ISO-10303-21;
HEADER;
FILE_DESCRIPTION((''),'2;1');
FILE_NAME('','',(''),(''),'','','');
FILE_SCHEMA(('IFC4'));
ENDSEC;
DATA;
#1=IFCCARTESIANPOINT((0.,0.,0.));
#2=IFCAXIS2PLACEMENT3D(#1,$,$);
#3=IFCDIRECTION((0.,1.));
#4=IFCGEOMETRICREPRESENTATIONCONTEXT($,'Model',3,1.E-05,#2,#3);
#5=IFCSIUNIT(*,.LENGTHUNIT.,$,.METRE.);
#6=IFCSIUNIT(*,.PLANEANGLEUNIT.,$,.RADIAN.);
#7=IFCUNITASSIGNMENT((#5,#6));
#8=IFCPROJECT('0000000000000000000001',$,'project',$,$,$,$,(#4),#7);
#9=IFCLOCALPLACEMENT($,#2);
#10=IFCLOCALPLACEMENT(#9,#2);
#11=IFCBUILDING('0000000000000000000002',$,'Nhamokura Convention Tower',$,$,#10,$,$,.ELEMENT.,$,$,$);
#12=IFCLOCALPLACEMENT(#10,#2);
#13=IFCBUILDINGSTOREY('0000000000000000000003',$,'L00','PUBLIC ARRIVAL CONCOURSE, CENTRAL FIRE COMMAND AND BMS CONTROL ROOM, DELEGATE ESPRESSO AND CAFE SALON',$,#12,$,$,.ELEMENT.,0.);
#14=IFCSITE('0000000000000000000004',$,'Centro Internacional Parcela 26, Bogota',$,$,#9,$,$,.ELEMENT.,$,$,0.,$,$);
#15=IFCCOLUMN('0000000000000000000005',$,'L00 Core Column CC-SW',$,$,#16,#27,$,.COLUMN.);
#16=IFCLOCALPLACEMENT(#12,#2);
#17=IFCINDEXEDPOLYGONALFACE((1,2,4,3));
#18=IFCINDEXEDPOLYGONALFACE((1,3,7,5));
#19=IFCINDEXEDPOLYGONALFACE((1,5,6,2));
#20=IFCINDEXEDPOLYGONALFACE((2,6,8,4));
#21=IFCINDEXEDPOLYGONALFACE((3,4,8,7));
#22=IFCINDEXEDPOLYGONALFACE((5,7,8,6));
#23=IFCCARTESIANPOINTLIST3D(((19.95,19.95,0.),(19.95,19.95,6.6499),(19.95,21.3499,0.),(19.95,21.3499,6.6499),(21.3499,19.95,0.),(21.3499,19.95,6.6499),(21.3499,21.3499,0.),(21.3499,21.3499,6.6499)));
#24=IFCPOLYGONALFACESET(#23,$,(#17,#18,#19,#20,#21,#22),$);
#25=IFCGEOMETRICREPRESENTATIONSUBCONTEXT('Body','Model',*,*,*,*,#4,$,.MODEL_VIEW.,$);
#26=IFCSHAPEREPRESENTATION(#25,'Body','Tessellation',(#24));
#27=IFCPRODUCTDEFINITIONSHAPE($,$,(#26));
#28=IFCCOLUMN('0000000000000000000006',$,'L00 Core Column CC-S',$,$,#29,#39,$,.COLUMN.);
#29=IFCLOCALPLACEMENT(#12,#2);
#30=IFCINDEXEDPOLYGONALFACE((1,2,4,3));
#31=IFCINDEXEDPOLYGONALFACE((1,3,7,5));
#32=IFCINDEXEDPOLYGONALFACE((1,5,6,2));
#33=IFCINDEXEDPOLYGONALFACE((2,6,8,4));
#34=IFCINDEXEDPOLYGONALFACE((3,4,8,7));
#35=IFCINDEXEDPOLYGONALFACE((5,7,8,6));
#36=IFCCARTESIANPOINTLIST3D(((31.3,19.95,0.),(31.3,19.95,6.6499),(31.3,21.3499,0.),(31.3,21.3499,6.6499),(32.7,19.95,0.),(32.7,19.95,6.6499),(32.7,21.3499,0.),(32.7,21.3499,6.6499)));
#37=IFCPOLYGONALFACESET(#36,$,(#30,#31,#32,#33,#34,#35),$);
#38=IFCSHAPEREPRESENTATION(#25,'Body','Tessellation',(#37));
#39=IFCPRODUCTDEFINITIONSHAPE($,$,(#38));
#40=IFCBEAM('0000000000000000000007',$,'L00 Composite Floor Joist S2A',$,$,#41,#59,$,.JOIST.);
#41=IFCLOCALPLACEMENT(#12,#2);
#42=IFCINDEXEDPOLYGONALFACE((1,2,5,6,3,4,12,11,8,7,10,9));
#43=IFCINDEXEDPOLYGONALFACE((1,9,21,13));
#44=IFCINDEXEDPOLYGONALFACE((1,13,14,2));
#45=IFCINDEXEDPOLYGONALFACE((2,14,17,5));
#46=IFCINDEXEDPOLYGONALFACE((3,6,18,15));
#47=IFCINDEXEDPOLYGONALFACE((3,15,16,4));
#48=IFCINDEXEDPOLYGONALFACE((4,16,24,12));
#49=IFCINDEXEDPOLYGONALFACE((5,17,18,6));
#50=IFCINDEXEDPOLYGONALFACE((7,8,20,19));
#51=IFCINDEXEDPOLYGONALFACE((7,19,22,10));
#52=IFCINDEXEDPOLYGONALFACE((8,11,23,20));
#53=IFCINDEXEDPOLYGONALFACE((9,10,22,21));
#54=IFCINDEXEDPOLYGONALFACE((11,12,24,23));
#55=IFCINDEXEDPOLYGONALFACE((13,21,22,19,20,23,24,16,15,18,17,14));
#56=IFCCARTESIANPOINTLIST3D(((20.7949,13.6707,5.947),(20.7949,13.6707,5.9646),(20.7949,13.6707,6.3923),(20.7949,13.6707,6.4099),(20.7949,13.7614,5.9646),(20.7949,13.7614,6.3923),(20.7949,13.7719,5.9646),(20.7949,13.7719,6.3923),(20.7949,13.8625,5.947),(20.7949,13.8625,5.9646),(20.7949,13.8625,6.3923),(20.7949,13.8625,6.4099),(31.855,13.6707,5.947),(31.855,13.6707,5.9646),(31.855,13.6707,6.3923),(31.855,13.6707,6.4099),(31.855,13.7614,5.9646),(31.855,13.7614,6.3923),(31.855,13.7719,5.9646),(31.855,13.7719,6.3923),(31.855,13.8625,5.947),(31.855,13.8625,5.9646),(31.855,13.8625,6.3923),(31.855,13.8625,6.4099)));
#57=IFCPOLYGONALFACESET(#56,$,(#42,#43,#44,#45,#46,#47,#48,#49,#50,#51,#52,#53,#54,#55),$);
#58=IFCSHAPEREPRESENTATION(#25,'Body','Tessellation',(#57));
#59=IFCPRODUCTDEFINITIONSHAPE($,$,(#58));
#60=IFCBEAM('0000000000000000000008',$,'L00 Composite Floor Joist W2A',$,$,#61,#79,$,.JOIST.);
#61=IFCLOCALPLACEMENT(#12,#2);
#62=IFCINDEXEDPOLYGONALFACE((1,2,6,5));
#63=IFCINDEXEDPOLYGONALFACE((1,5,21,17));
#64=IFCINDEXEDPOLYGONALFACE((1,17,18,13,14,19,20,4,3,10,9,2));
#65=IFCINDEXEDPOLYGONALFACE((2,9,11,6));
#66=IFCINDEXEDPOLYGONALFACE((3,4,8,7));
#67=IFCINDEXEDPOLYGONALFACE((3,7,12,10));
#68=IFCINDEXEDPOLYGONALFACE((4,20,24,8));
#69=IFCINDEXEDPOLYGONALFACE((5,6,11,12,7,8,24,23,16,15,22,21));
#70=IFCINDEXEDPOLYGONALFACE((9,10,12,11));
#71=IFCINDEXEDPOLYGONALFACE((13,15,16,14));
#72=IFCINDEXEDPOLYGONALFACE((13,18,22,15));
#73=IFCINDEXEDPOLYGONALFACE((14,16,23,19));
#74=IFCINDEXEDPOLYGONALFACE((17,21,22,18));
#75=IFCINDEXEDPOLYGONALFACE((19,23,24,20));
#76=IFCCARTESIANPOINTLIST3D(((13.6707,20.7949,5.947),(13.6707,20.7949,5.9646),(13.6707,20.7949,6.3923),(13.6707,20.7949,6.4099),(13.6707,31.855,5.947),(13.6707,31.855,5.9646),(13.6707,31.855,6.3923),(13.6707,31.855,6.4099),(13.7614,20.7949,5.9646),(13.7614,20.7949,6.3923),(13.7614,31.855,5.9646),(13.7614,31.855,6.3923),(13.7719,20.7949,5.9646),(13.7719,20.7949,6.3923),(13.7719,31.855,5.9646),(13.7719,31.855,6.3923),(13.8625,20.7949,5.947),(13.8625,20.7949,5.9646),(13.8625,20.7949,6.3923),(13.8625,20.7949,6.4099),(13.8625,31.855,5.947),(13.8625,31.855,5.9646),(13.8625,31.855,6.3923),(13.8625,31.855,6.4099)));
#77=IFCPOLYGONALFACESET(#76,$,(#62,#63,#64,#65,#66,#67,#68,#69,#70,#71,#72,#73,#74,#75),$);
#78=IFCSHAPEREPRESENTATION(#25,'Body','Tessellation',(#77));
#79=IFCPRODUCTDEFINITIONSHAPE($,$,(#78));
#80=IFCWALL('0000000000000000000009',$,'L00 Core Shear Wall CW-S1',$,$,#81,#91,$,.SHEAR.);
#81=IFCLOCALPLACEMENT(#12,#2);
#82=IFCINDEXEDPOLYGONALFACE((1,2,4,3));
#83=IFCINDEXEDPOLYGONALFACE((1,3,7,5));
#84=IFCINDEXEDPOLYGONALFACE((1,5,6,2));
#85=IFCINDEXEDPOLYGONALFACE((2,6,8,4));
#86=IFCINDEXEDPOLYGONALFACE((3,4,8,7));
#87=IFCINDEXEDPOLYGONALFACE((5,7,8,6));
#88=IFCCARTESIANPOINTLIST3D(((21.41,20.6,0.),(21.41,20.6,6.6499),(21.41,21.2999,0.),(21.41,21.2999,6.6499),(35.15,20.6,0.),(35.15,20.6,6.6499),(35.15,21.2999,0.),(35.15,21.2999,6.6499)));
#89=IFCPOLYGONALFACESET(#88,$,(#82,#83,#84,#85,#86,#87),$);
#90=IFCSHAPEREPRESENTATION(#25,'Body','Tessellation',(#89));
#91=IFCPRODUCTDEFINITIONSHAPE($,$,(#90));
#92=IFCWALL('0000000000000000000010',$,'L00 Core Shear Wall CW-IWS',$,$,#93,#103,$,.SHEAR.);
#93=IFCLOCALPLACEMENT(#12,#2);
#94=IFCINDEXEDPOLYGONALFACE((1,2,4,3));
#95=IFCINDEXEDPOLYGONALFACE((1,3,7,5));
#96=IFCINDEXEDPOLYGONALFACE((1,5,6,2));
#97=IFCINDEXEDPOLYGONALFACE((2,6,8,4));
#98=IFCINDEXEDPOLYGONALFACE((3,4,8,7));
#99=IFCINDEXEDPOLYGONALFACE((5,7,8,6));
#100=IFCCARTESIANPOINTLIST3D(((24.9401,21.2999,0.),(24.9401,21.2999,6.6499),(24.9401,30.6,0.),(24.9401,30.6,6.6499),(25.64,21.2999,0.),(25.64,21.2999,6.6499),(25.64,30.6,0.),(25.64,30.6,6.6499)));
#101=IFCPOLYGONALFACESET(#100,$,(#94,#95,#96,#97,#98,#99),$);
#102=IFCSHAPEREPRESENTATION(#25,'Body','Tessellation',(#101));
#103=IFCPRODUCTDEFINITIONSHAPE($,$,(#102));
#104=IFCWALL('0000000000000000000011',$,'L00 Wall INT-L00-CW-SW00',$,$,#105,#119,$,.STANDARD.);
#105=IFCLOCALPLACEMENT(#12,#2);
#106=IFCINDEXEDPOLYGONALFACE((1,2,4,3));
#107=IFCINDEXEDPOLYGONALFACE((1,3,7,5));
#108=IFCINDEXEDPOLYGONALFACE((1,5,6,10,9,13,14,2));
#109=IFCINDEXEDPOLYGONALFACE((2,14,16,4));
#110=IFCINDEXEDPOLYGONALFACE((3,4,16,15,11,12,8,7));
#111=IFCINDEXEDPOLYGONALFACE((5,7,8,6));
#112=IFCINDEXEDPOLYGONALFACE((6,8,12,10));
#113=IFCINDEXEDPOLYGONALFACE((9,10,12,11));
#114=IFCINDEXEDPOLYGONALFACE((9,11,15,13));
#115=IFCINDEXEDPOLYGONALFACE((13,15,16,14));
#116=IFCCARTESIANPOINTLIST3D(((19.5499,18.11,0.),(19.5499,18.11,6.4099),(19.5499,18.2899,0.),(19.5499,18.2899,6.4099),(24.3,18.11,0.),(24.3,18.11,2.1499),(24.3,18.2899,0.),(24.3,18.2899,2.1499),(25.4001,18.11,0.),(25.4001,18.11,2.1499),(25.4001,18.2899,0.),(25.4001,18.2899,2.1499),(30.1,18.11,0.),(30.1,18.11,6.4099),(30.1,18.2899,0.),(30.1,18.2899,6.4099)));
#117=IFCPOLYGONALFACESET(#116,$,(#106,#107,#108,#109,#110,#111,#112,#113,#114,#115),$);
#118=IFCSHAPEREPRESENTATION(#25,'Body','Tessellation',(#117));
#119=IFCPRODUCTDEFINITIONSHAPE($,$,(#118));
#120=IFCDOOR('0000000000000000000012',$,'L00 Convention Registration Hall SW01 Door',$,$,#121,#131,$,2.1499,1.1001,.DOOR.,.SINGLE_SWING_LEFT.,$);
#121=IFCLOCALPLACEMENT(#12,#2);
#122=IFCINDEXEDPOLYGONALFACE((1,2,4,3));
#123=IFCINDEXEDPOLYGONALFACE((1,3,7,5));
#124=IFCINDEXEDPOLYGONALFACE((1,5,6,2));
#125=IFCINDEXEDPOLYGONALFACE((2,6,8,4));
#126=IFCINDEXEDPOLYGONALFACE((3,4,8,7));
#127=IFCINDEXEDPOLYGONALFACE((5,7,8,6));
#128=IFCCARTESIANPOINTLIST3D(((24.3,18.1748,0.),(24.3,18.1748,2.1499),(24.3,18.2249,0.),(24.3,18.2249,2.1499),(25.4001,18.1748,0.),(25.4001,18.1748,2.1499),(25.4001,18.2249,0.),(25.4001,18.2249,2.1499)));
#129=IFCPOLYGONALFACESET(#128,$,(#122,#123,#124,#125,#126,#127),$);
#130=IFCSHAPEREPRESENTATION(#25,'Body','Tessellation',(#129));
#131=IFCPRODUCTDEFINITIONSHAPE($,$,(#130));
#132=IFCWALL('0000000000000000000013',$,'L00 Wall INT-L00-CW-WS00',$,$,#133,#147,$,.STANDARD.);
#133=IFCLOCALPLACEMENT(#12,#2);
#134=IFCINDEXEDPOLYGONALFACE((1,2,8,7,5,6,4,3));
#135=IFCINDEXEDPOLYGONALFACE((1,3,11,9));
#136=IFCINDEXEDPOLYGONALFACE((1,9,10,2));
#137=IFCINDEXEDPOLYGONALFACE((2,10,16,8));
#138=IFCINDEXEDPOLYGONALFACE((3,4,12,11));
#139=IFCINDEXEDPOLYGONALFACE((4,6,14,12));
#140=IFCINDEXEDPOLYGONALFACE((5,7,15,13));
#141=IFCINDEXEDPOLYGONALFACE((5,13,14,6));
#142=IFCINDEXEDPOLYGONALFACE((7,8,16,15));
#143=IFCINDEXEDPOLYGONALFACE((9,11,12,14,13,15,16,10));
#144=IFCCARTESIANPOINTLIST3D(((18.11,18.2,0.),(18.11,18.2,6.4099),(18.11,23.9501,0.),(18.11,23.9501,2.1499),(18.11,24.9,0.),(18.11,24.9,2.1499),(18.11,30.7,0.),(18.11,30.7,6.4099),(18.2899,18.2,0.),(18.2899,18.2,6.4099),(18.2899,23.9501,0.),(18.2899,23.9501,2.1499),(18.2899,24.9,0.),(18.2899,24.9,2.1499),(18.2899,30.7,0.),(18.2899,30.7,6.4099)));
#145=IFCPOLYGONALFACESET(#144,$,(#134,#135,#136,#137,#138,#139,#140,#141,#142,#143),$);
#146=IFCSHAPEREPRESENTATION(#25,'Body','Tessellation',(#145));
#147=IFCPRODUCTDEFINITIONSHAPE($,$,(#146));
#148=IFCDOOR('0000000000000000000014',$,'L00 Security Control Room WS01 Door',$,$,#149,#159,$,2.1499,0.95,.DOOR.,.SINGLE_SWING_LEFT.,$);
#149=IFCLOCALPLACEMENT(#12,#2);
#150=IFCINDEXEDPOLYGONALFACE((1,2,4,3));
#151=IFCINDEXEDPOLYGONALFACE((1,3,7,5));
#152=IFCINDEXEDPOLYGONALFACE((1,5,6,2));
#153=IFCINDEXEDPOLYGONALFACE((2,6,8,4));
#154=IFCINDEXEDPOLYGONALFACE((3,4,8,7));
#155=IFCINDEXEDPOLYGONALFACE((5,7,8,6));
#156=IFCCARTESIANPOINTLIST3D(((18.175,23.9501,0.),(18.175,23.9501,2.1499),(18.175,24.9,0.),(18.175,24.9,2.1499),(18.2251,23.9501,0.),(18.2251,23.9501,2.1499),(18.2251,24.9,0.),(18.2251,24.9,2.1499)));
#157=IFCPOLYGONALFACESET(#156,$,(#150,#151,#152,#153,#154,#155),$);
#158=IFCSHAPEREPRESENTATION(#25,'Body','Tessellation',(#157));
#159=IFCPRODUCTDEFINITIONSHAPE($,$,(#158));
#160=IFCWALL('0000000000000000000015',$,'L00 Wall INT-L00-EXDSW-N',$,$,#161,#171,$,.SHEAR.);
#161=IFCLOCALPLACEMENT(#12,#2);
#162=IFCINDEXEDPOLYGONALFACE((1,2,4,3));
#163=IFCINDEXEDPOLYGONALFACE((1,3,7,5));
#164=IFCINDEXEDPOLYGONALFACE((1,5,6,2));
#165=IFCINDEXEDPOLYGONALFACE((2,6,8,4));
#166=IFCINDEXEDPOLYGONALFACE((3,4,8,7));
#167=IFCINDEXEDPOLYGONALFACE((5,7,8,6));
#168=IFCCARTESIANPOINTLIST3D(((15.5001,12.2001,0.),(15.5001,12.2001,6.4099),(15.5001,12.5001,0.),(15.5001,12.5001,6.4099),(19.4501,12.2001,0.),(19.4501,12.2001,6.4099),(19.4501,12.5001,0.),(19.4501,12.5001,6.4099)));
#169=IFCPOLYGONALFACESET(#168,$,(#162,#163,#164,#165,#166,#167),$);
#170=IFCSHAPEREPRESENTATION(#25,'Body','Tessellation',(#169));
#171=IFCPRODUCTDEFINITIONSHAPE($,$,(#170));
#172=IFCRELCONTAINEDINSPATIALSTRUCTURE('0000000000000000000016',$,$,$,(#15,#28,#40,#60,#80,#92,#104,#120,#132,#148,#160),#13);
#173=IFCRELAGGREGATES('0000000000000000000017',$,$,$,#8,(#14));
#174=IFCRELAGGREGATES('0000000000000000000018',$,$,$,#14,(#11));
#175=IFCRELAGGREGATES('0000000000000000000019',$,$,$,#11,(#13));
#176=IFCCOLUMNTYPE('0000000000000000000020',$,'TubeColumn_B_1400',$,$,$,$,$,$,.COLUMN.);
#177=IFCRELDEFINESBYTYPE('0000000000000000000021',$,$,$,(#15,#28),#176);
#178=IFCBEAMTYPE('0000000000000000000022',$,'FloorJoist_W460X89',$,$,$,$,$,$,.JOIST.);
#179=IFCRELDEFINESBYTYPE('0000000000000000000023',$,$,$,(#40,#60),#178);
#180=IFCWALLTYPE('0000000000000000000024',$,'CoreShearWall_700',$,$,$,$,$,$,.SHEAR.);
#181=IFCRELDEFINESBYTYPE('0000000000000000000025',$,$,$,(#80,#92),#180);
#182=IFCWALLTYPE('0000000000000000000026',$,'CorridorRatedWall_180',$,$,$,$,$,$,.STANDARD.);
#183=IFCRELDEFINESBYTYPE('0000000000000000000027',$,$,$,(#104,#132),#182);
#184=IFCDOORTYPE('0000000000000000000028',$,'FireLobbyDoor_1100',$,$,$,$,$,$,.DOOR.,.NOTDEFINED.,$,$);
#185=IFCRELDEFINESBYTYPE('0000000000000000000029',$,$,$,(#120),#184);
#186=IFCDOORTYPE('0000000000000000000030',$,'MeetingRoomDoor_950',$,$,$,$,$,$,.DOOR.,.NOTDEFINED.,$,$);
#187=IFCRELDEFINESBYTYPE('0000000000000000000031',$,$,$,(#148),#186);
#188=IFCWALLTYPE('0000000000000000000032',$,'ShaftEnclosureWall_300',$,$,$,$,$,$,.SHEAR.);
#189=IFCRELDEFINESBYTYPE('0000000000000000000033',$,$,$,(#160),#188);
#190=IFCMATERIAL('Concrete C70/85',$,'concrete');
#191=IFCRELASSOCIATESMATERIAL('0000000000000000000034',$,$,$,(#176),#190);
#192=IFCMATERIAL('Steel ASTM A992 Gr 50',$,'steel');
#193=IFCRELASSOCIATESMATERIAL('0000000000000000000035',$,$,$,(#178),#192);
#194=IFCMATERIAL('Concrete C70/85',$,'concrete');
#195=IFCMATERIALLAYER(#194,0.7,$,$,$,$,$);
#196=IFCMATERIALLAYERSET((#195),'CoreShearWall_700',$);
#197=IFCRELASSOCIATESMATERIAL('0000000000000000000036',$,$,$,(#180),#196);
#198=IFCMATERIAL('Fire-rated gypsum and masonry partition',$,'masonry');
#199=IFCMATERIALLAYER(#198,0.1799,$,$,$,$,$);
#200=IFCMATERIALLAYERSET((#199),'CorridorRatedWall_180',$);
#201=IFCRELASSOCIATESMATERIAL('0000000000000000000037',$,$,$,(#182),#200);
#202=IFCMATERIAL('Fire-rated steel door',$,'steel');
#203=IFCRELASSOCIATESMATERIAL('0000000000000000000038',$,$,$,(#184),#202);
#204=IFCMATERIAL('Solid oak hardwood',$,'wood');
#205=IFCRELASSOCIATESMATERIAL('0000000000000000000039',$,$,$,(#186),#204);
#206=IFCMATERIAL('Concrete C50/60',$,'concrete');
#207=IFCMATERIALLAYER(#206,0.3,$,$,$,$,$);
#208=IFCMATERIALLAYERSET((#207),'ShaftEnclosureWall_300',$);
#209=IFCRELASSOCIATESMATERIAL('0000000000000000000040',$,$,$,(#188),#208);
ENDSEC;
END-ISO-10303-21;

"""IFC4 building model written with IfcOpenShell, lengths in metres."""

from ifc_helpers import new_model, si_unit, direction, frame, frame_2d, origin, origin_2d, place, context, subcontext, project, spatial, rectangle, i_section, extrude, material, layer, layer_set, material_profile, profile_set, type_object, element, fill, save


model = new_model("IFC4")

# Units and contexts
model_context = context("Model", 3, precision=1e-05, world=origin(), true_north=direction((0.0, 1.0)))
body_context = subcontext(model_context, "Body", "Model", "MODEL_VIEW")
ifc_project = project(units=[si_unit("LENGTHUNIT", "METRE"), si_unit("PLANEANGLEUNIT", "RADIAN")], contexts=[model_context])

# Site, building, storey
site_placement = place(None, origin())
site = spatial("IfcSite", under=ifc_project, at=site_placement, Name="Centro Internacional Parcela 26, Bogota", CompositionType="ELEMENT", RefElevation=0.0)
building_placement = place(site_placement, origin())
building = spatial("IfcBuilding", under=site, at=building_placement, Name="Nhamokura Convention Tower", CompositionType="ELEMENT")
storey_placement = place(building_placement, origin())
storey = spatial("IfcBuildingStorey", under=building, at=storey_placement, Name="L00", Description="PUBLIC ARRIVAL CONCOURSE, CENTRAL FIRE COMMAND AND BMS CONTROL ROOM, DELEGATE ESPRESSO AND CAFE SALON", CompositionType="ELEMENT", Elevation=0.0)

# Columns
ifc_material_1 = material(Name="Concrete C70/85", Category="concrete")
ifc_material_profile_1 = material_profile(ifc_material_1, rectangle(XDim=1.3999, YDim=1.3999, at=origin_2d()))
ifc_profile_set_1 = profile_set([ifc_material_profile_1], Name="Concrete C70/85")
column_type = type_object("IfcColumnType", Name="TubeColumn_B_1400", PredefinedType="COLUMN", material=ifc_profile_set_1)
for number, where, z_axis, x_axis, name in (
    (1, (20.6499, 20.6499, 0.0), (0.0, 0.0, 1.0), (1.0, 0.0, 0.0), "L00 Core Column CC-SW"),
    (2, (32.0, 20.6499, 0.0), (0.0, 0.0, 1.0), (1.0, 0.0, 0.0), "L00 Core Column CC-S"),
):
    element("IfcColumn", number, at=place(storey_placement, frame(where, z_axis=z_axis, x_axis=x_axis)), inside=storey, type_object=column_type, Name=name, PredefinedType="COLUMN", context=body_context, shape_type="SweptSolid", body=[
        extrude(rectangle(XDim=1.3999, YDim=1.3999, at=origin_2d()), origin(), (0.0, 0.0, 1.0), 6.6499),
    ])

# Beams
ifc_material_2 = material(Name="Steel ASTM A992 Gr 50", Category="steel")
ifc_material_profile_2 = material_profile(ifc_material_2, i_section(OverallWidth=0.1919, OverallDepth=0.4629, WebThickness=0.0105, FlangeThickness=0.0176, at=origin_2d()))
ifc_profile_set_2 = profile_set([ifc_material_profile_2], Name="Steel ASTM A992 Gr 50")
beam_type = type_object("IfcBeamType", Name="FloorJoist_W460X89", PredefinedType="JOIST", material=ifc_profile_set_2)
for number, where, z_axis, x_axis, name in (
    (3, (20.7949, 13.7666, 6.1785), (1.0, 0.0, 0.0), (0.0, 1.0, 0.0), "L00 Composite Floor Joist S2A"),
    (4, (13.7666, 20.7949, 6.1785), (0.0, 1.0, 0.0), (-1.0, 0.0, 0.0), "L00 Composite Floor Joist W2A"),
):
    element("IfcBeam", number, at=place(storey_placement, frame(where, z_axis=z_axis, x_axis=x_axis)), inside=storey, type_object=beam_type, Name=name, PredefinedType="JOIST", context=body_context, shape_type="SweptSolid", body=[
        extrude(i_section(OverallWidth=0.1919, OverallDepth=0.4629, WebThickness=0.0105, FlangeThickness=0.0176, at=origin_2d()), origin(), (0.0, 0.0, 1.0), 11.0601),
    ])

# Shared definitions
ifc_material_3 = material(Name="Concrete C70/85", Category="concrete")
ifc_layer_1 = layer(ifc_material_3, 0.7)
ifc_layer_set_1 = layer_set([ifc_layer_1], Name="CoreShearWall_700")
wall_type_1 = type_object("IfcWallType", Name="CoreShearWall_700", PredefinedType="SHEAR", material=ifc_layer_set_1)

# Walls
wall_1_placement = place(storey_placement, frame((21.4099, 20.95, 0.0), z_axis=(0.0, 0.0, 1.0), x_axis=(1.0, 0.0, 0.0)))
element("IfcWall", 5, at=wall_1_placement, inside=storey, type_object=wall_type_1, Name="L00 Core Shear Wall CW-S1", PredefinedType="SHEAR", context=body_context, shape_type="SweptSolid", body=[
    extrude(rectangle(XDim=13.74, YDim=0.7, at=frame_2d((6.8701, 0.0))), origin(), (0.0, 0.0, 1.0), 6.6499),
])
wall_2_placement = place(storey_placement, frame((25.29, 21.3, 0.0), z_axis=(0.0, 0.0, 1.0), x_axis=(0.0, 1.0, 0.0)))
element("IfcWall", 6, at=wall_2_placement, inside=storey, type_object=wall_type_1, Name="L00 Core Shear Wall CW-IWS", PredefinedType="SHEAR", context=body_context, shape_type="SweptSolid", body=[
    extrude(rectangle(XDim=9.3, YDim=0.7, at=frame_2d((4.6499, 0.0))), origin(), (0.0, 0.0, 1.0), 6.6499),
])

# Walls, openings, doors
ifc_material_4 = material(Name="Fire-rated gypsum and masonry partition", Category="masonry")
ifc_layer_2 = layer(ifc_material_4, 0.1799)
ifc_layer_set_2 = layer_set([ifc_layer_2], Name="CorridorRatedWall_180")
wall_type_2 = type_object("IfcWallType", Name="CorridorRatedWall_180", PredefinedType="STANDARD", material=ifc_layer_set_2)
wall_3_placement = place(storey_placement, frame((19.55, 18.2, 0.0), z_axis=(0.0, 0.0, 1.0), x_axis=(1.0, 0.0, 0.0)))
wall_3 = element("IfcWall", 7, at=wall_3_placement, inside=storey, type_object=wall_type_2, Name="L00 Wall INT-L00-CW-SW00", PredefinedType="STANDARD", context=body_context, shape_type="SweptSolid", body=[
    extrude(rectangle(XDim=10.55, YDim=0.1799, at=frame_2d((5.2749, 0.0))), origin(), (0.0, 0.0, 1.0), 6.4099),
])
opening_1_placement = place(wall_3_placement, frame((4.75, 0.0, 0.0)))
opening_1 = element("IfcOpeningElement", 8, at=opening_1_placement, cuts=wall_3, PredefinedType="OPENING", context=body_context, shape_type="SweptSolid", body=[
    extrude(rectangle(XDim=1.1001, YDim=2.1499, at=frame_2d((0.55, 1.075))), frame((0.0, 0.0999, 0.0), z_axis=(0.0, -1.0, 0.0), x_axis=(1.0, 0.0, 0.0)), (0.0, 0.0, 1.0), 0.2),
])
ifc_material_5 = material(Name="Fire-rated steel door", Category="steel")
door_type_1 = type_object("IfcDoorType", Name="FireLobbyDoor_1100", OperationType="NOTDEFINED", PredefinedType="DOOR", material=ifc_material_5)
door_1_placement = place(opening_1_placement, origin())
door_1 = element("IfcDoor", 9, at=door_1_placement, inside=storey, type_object=door_type_1, Name="L00 Convention Registration Hall SW01 Door", OperationType="SINGLE_SWING_LEFT", OverallHeight=2.1499, OverallWidth=1.1001, PredefinedType="DOOR", context=body_context, shape_type="SweptSolid", body=[
    extrude(rectangle(XDim=1.1001, YDim=2.1499, at=frame_2d((0.55, 1.075))), frame((0.0, 0.0249, 0.0), z_axis=(0.0, -1.0, 0.0), x_axis=(1.0, 0.0, 0.0)), (0.0, 0.0, 1.0), 0.05),
])
fill(opening_1, door_1)
wall_4_placement = place(storey_placement, frame((18.2, 18.2, 0.0), z_axis=(0.0, 0.0, 1.0), x_axis=(0.0, 1.0, 0.0)))
wall_4 = element("IfcWall", 10, at=wall_4_placement, inside=storey, type_object=wall_type_2, Name="L00 Wall INT-L00-CW-WS00", PredefinedType="STANDARD", context=body_context, shape_type="SweptSolid", body=[
    extrude(rectangle(XDim=12.5, YDim=0.1799, at=frame_2d((6.25, 0.0))), origin(), (0.0, 0.0, 1.0), 6.4099),
])
opening_2_placement = place(wall_4_placement, frame((5.75, 0.0, 0.0)))
opening_2 = element("IfcOpeningElement", 11, at=opening_2_placement, cuts=wall_4, PredefinedType="OPENING", context=body_context, shape_type="SweptSolid", body=[
    extrude(rectangle(XDim=0.95, YDim=2.1499, at=frame_2d((0.4751, 1.075))), frame((0.0, 0.0999, 0.0), z_axis=(0.0, -1.0, 0.0), x_axis=(1.0, 0.0, 0.0)), (0.0, 0.0, 1.0), 0.2),
])
ifc_material_6 = material(Name="Solid oak hardwood", Category="wood")
door_type_2 = type_object("IfcDoorType", Name="MeetingRoomDoor_950", OperationType="NOTDEFINED", PredefinedType="DOOR", material=ifc_material_6)
door_2_placement = place(opening_2_placement, origin())
door_2 = element("IfcDoor", 12, at=door_2_placement, inside=storey, type_object=door_type_2, Name="L00 Security Control Room WS01 Door", OperationType="SINGLE_SWING_LEFT", OverallHeight=2.1499, OverallWidth=0.95, PredefinedType="DOOR", context=body_context, shape_type="SweptSolid", body=[
    extrude(rectangle(XDim=0.95, YDim=2.1499, at=frame_2d((0.4751, 1.075))), frame((0.0, 0.0249, 0.0), z_axis=(0.0, -1.0, 0.0), x_axis=(1.0, 0.0, 0.0)), (0.0, 0.0, 1.0), 0.05),
])
fill(opening_2, door_2)

# Wall
ifc_material_7 = material(Name="Concrete C50/60", Category="concrete")
ifc_layer_3 = layer(ifc_material_7, 0.3)
ifc_layer_set_3 = layer_set([ifc_layer_3], Name="ShaftEnclosureWall_300")
wall_type_3 = type_object("IfcWallType", Name="ShaftEnclosureWall_300", PredefinedType="SHEAR", material=ifc_layer_set_3)
wall_5_placement = place(storey_placement, frame((15.5, 12.3501, 0.0), z_axis=(0.0, 0.0, 1.0), x_axis=(1.0, 0.0, 0.0)))
element("IfcWall", 13, at=wall_5_placement, inside=storey, type_object=wall_type_3, Name="L00 Wall INT-L00-EXDSW-N", PredefinedType="SHEAR", context=body_context, shape_type="SweptSolid", body=[
    extrude(rectangle(XDim=3.95, YDim=0.3, at=frame_2d((1.9751, 0.0))), origin(), (0.0, 0.0, 1.0), 6.4099),
])

save(model, "model.ifc")
